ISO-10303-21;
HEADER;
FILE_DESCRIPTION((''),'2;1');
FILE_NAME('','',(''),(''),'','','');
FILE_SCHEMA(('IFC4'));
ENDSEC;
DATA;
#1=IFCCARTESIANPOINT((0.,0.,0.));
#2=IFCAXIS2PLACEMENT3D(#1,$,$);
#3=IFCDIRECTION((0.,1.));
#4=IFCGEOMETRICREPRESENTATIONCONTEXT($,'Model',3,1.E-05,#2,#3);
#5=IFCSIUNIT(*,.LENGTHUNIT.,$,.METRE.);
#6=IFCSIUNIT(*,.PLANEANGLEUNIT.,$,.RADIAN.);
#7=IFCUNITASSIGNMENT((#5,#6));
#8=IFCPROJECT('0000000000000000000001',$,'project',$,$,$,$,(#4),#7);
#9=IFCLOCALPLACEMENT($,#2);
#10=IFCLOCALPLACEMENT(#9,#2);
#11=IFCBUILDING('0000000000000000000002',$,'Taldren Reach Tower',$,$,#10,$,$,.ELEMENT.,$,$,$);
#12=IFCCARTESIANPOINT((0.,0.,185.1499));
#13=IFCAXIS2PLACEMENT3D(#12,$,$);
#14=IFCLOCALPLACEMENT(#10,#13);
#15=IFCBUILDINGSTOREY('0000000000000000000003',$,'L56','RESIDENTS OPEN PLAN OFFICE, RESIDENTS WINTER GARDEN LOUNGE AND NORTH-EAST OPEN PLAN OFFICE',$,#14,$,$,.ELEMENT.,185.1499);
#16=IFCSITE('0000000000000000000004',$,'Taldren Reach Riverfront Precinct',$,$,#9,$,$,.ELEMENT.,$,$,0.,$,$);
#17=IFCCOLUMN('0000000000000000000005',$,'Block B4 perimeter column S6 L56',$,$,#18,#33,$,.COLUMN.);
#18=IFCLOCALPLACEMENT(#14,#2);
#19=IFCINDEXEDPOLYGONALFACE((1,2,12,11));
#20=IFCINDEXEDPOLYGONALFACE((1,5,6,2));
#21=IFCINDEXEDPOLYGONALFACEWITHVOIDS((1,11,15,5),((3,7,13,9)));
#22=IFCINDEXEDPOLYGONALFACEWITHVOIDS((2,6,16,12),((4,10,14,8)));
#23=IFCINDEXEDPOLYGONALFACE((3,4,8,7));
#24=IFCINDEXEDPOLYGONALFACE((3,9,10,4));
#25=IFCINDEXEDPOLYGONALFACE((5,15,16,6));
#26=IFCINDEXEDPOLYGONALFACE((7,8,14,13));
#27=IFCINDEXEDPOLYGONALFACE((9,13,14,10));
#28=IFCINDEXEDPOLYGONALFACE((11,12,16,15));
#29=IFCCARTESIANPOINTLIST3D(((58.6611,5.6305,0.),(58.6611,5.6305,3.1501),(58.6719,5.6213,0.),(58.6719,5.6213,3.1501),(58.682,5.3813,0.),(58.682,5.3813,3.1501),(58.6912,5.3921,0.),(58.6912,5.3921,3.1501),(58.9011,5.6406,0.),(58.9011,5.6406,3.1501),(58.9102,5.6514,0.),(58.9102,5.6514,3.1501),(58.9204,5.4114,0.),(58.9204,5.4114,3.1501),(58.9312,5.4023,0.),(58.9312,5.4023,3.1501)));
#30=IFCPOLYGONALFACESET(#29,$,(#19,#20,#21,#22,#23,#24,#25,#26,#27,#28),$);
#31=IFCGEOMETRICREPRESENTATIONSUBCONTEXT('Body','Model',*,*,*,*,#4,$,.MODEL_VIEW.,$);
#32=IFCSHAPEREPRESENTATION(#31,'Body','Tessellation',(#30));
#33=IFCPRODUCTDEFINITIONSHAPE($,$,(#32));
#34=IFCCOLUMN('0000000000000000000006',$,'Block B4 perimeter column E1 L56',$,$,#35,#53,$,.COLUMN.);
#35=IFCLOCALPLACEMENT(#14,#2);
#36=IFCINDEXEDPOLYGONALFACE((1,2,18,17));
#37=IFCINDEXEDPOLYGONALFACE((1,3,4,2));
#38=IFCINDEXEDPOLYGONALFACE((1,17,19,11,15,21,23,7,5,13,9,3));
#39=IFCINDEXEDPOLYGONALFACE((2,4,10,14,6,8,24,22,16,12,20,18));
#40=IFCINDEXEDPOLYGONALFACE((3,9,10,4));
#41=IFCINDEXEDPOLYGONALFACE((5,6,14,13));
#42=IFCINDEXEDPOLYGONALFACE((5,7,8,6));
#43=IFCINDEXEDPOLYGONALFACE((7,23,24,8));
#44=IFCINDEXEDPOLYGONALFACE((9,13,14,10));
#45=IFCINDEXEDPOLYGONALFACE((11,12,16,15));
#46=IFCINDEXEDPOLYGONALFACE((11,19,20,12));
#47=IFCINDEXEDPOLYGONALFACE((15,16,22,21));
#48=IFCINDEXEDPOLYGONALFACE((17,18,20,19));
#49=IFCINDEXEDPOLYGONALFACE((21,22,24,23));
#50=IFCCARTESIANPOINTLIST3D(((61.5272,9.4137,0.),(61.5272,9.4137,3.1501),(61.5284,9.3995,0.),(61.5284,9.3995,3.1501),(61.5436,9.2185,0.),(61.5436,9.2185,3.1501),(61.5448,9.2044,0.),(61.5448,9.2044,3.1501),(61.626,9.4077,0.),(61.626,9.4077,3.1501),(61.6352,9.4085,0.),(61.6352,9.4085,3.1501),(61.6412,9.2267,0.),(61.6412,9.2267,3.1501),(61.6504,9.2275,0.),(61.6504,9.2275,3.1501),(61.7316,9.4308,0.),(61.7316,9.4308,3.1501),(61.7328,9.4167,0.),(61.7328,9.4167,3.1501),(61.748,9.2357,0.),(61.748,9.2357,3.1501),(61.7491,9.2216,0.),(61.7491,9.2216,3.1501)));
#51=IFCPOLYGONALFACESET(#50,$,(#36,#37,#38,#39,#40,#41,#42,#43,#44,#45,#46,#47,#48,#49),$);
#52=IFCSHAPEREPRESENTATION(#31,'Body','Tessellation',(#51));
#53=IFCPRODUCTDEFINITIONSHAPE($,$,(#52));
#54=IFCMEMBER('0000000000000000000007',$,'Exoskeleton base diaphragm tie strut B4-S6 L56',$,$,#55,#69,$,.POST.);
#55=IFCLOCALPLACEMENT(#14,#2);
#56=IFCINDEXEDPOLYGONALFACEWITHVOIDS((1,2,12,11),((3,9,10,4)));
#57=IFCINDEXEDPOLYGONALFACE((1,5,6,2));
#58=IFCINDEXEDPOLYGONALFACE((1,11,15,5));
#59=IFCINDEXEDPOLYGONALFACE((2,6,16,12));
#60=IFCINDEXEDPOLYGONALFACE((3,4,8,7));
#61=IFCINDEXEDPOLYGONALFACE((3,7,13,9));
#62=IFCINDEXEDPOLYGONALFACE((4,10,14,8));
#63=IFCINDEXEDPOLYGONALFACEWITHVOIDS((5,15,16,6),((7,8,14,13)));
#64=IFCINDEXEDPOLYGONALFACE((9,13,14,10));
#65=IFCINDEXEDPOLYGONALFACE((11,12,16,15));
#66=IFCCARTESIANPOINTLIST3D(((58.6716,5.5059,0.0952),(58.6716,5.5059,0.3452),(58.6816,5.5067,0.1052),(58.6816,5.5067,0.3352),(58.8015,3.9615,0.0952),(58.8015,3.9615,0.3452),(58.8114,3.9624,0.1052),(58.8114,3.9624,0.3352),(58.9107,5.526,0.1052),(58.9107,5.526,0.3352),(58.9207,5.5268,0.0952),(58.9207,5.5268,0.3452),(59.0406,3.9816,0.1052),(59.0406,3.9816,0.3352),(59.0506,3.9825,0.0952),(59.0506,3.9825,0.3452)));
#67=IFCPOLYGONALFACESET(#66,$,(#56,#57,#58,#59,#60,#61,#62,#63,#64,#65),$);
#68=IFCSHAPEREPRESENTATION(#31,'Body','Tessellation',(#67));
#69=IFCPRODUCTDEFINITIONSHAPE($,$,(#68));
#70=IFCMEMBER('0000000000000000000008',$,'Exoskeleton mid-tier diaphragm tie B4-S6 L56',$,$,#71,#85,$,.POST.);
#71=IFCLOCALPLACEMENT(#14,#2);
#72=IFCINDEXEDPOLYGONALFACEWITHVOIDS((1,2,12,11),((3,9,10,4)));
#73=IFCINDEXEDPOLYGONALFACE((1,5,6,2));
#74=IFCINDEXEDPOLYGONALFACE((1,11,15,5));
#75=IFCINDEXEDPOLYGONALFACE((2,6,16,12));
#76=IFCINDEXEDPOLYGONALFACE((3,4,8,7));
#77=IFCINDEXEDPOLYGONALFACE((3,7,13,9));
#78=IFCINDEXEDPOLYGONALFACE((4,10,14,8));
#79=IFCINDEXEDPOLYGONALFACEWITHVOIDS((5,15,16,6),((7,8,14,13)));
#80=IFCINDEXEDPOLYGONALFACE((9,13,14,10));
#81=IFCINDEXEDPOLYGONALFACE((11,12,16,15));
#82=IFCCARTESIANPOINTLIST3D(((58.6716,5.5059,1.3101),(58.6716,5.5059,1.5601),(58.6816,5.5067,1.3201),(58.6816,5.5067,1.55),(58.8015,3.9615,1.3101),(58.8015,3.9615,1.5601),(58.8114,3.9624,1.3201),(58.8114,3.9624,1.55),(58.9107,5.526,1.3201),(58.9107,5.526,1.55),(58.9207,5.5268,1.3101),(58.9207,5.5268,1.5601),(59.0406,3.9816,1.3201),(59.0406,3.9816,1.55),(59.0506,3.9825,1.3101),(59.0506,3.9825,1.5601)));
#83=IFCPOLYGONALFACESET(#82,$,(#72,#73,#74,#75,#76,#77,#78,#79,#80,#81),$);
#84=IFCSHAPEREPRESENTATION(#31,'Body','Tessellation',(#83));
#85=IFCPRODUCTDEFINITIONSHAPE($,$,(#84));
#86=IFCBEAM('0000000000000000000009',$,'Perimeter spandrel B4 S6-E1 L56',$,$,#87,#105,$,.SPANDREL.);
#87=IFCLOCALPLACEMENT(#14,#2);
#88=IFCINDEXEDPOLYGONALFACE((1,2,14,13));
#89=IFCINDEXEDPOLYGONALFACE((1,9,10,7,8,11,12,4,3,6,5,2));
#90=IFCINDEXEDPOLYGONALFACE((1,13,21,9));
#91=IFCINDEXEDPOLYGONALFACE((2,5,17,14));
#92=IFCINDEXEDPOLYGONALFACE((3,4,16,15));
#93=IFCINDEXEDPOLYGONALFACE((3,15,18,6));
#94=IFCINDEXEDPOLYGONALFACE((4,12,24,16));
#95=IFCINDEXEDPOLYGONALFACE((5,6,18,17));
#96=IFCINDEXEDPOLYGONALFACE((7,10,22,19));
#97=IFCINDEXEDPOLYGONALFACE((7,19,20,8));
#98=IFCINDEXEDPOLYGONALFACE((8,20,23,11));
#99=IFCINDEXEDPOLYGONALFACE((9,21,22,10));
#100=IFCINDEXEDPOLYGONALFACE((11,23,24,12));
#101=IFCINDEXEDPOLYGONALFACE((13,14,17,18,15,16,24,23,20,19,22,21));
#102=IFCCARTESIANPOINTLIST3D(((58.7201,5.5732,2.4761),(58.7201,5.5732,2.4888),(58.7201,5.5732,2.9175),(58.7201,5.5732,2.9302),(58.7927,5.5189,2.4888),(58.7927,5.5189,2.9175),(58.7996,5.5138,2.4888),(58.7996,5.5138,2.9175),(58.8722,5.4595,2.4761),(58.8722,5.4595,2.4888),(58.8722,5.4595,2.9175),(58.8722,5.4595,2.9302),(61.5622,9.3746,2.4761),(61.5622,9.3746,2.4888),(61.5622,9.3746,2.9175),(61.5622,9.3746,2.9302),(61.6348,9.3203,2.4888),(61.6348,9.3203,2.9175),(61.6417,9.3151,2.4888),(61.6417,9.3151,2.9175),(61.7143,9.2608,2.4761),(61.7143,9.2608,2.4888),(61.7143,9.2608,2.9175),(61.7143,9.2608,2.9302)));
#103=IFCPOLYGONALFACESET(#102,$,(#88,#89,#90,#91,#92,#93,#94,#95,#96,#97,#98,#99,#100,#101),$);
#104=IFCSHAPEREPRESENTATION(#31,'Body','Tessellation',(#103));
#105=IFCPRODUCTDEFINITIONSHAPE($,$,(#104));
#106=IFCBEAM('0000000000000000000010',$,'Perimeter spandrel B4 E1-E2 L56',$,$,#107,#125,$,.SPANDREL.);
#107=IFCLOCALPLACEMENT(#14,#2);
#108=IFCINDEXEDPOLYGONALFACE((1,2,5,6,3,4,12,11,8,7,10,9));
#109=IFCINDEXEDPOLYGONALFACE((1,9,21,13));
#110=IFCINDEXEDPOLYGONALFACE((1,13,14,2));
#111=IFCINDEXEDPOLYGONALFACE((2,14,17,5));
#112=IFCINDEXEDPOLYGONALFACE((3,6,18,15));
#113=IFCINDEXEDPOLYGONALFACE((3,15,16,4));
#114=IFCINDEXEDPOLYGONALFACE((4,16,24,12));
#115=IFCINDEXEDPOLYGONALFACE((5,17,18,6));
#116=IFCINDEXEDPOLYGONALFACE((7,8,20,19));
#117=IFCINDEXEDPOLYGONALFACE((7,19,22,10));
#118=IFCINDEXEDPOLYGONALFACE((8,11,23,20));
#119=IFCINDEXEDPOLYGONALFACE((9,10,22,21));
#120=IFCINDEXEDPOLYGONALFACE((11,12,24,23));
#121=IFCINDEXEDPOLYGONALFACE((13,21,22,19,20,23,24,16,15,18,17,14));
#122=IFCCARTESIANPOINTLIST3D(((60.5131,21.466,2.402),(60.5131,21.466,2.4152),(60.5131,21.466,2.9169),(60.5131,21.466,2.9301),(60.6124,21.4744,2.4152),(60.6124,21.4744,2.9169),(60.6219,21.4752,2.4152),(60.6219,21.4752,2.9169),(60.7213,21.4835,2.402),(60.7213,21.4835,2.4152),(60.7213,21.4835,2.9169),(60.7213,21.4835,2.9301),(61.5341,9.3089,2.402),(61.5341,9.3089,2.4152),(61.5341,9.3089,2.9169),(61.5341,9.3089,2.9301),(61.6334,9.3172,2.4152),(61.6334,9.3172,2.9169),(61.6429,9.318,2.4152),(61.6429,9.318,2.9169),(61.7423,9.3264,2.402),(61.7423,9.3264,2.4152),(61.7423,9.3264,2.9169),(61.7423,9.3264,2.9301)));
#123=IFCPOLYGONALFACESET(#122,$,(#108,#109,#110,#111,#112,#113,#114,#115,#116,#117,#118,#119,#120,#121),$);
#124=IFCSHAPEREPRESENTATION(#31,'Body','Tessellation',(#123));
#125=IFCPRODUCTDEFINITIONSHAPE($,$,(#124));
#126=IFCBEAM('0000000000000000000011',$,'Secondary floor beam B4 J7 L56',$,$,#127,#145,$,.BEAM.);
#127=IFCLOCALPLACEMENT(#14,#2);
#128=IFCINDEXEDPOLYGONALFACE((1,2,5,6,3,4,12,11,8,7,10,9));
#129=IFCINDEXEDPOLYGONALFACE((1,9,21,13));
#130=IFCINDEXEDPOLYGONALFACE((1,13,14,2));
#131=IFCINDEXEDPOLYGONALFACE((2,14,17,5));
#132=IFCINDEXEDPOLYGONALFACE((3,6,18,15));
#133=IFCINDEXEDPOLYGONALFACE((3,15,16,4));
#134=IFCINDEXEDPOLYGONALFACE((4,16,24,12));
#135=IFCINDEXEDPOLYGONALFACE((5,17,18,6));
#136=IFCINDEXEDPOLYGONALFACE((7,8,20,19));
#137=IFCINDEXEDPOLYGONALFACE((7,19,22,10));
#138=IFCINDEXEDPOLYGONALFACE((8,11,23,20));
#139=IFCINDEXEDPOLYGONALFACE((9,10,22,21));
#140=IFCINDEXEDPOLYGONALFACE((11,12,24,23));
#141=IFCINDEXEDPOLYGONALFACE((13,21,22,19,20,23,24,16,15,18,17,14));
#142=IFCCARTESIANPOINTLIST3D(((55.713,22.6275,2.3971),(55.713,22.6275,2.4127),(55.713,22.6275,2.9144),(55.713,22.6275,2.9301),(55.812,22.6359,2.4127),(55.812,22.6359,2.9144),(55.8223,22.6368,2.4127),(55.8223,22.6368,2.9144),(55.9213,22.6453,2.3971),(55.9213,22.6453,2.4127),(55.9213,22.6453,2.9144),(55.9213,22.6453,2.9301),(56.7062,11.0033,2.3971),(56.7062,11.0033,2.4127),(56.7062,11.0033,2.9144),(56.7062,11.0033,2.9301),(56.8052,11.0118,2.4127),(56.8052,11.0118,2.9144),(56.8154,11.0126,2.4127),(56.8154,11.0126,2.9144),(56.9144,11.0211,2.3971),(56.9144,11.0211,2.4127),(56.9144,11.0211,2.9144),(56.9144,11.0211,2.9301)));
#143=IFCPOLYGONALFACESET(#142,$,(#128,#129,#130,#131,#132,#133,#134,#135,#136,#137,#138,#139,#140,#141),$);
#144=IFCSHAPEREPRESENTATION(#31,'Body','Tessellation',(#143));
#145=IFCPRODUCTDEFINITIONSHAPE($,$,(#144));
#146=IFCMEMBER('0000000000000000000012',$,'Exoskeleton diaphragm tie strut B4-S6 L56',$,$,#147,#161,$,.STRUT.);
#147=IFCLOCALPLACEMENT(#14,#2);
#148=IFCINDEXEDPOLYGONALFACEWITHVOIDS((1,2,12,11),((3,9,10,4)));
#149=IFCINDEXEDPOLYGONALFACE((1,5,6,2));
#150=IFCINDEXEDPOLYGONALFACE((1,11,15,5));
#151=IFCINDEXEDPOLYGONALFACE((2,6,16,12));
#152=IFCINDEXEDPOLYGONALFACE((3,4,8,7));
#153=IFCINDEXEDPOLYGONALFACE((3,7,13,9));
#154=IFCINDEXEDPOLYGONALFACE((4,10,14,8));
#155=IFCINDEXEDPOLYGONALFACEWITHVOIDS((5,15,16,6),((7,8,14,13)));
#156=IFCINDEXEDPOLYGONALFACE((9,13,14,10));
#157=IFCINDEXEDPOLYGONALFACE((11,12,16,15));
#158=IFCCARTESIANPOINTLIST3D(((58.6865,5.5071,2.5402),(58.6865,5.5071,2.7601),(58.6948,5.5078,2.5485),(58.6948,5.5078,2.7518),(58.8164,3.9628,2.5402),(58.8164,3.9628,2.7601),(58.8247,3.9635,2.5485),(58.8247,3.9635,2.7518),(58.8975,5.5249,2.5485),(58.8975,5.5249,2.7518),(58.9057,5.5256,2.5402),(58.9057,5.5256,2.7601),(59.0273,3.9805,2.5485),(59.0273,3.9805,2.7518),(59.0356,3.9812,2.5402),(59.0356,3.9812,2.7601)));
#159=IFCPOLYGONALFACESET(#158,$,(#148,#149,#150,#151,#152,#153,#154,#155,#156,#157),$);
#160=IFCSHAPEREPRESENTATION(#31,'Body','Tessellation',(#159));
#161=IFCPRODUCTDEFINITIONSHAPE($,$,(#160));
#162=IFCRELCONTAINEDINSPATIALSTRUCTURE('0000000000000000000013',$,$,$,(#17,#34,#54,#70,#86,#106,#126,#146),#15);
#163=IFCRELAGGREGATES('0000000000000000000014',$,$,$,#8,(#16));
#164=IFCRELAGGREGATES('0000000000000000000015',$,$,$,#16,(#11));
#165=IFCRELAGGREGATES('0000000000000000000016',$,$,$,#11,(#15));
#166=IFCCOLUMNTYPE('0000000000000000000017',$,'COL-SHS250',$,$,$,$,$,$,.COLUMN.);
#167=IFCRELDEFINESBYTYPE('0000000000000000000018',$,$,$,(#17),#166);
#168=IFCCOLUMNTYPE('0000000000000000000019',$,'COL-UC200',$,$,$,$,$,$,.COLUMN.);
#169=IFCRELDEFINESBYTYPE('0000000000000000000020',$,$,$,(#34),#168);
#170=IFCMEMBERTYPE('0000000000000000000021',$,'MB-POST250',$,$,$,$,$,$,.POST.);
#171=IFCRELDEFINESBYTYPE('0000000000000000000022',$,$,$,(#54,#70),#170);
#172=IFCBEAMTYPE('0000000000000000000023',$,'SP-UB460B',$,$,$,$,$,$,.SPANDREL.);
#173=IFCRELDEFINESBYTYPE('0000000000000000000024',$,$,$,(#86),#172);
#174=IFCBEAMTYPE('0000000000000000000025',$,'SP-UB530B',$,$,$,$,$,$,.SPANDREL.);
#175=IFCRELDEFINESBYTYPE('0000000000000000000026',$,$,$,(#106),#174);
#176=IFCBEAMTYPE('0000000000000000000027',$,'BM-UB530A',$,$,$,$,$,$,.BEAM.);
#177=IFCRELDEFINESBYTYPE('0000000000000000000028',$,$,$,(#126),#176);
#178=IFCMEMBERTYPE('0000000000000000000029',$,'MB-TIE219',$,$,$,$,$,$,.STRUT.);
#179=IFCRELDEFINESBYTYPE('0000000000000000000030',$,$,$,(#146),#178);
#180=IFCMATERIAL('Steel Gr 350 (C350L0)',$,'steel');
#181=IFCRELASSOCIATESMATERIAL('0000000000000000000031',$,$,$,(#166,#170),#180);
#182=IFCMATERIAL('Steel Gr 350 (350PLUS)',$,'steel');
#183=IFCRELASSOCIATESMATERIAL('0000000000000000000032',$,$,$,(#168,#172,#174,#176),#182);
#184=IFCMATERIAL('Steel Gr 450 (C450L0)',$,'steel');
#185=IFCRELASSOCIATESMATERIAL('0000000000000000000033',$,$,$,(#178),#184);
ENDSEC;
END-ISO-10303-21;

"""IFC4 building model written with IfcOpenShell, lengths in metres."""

from ifc_helpers import new_model, si_unit, direction, frame, origin, origin_2d, place, context, subcontext, project, spatial, hollow_rectangle, i_section, extrude, source, transform, mapped, material, material_profile, profile_set, type_object, element, save


model = new_model("IFC4")

# Units and contexts
model_context = context("Model", 3, precision=1e-05, world=origin(), true_north=direction((0.0, 1.0)))
body_context = subcontext(model_context, "Body", "Model", "MODEL_VIEW")
ifc_project = project(units=[si_unit("LENGTHUNIT", "METRE"), si_unit("PLANEANGLEUNIT", "RADIAN")], contexts=[model_context])

# Site, building, storey
site_placement = place(None, origin())
site = spatial("IfcSite", under=ifc_project, at=site_placement, Name="Taldren Reach Riverfront Precinct", CompositionType="ELEMENT", RefElevation=0.0)
building_placement = place(site_placement, origin())
building = spatial("IfcBuilding", under=site, at=building_placement, Name="Taldren Reach Tower", CompositionType="ELEMENT")
storey_placement = place(building_placement, frame((0.0, 0.0, 185.1499)))
storey = spatial("IfcBuildingStorey", under=building, at=storey_placement, Name="L56", Description="RESIDENTS OPEN PLAN OFFICE, RESIDENTS WINTER GARDEN LOUNGE AND NORTH-EAST OPEN PLAN OFFICE", CompositionType="ELEMENT", Elevation=185.1499)

# Columns
ifc_material_1 = material(Name="Steel Gr 350 (C350L0)", Category="steel")
ifc_material_profile_1 = material_profile(ifc_material_1, hollow_rectangle(XDim=0.25, YDim=0.25, WallThickness=0.01, at=origin_2d()), Name="250x250x10.0SHS")
ifc_profile_set_1 = profile_set([ifc_material_profile_1], Name="Steel Gr 350 (C350L0)")
column_type_1 = type_object("IfcColumnType", Name="COL-SHS250", PredefinedType="COLUMN", material=ifc_profile_set_1)
shared_shape_1 = source(origin(), body_context, "Body", "SweptSolid", [
    extrude(hollow_rectangle(XDim=0.25, YDim=0.25, WallThickness=0.01, at=origin_2d()), origin(), (0.0, 0.0, 1.0), 3.1501),
])
column_1_placement = place(storey_placement, frame((58.7961, 5.5164, 0.0), z_axis=(0.0, 0.0, 1.0), x_axis=(0.996493, 0.083678, 0.0)))
element("IfcColumn", 1, at=column_1_placement, inside=storey, type_object=column_type_1, Name="Block B4 perimeter column S6 L56", PredefinedType="COLUMN", context=body_context, shape_type="MappedRepresentation", body=[
    mapped(shared_shape_1, transform((0.0, 0.0, 0.0), scale=1.0)),
])
ifc_material_2 = material(Name="Steel Gr 350 (350PLUS)", Category="steel")
ifc_material_profile_2 = material_profile(ifc_material_2, i_section(OverallWidth=0.2051, OverallDepth=0.21, WebThickness=0.0093, FlangeThickness=0.0142, at=origin_2d()), Name="200UC59.5")
ifc_profile_set_2 = profile_set([ifc_material_profile_2], Name="Steel Gr 350 (350PLUS)")
column_type_2 = type_object("IfcColumnType", Name="COL-UC200", PredefinedType="COLUMN", material=ifc_profile_set_2)
shared_shape_2 = source(origin(), body_context, "Body", "SweptSolid", [
    extrude(i_section(OverallWidth=0.2051, OverallDepth=0.21, WebThickness=0.0093, FlangeThickness=0.0142, at=origin_2d()), origin(), (0.0, 0.0, 1.0), 3.1501),
])
column_2_placement = place(storey_placement, frame((61.6382, 9.3176, 0.0), z_axis=(0.0, 0.0, 1.0), x_axis=(0.996493, 0.083678, 0.0)))
element("IfcColumn", 2, at=column_2_placement, inside=storey, type_object=column_type_2, Name="Block B4 perimeter column E1 L56", PredefinedType="COLUMN", context=body_context, shape_type="MappedRepresentation", body=[
    mapped(shared_shape_2, transform((0.0, 0.0, 0.0), scale=1.0)),
])

# Members
ifc_material_profile_3 = material_profile(ifc_material_1, hollow_rectangle(XDim=0.25, YDim=0.25, WallThickness=0.01, at=origin_2d()), Name="250x250x10.0SHS")
ifc_profile_set_3 = profile_set([ifc_material_profile_3], Name="Steel Gr 350 (C350L0)")
member_type_1 = type_object("IfcMemberType", Name="MB-POST250", PredefinedType="POST", material=ifc_profile_set_3)
shared_shape_3 = source(origin(), body_context, "Body", "SweptSolid", [
    extrude(hollow_rectangle(XDim=0.25, YDim=0.25, WallThickness=0.01, at=origin_2d()), origin(), (0.0, 0.0, 1.0), 1.5498),
])
for number, where, z_axis, x_axis, name in (
    (3, (58.7961, 5.5164, 0.2202), (0.083802, -0.996482, 0.0), (0.996482, 0.083802, 0.0), "Exoskeleton base diaphragm tie strut B4-S6 L56"),
    (4, (58.7961, 5.5164, 1.4351), (0.083802, -0.996482, 0.0), (0.996482, 0.083802, 0.0), "Exoskeleton mid-tier diaphragm tie B4-S6 L56"),
):
    element("IfcMember", number, at=place(storey_placement, frame(where, z_axis=z_axis, x_axis=x_axis)), inside=storey, type_object=member_type_1, Name=name, PredefinedType="POST", context=body_context, shape_type="MappedRepresentation", body=[
        mapped(shared_shape_3, transform((0.0, 0.0, 0.0), scale=1.0)),
    ])

# Beams
ifc_material_profile_4 = material_profile(ifc_material_2, i_section(OverallWidth=0.1899, OverallDepth=0.4541, WebThickness=0.0085, FlangeThickness=0.0127, at=origin_2d()), Name="460UB67.1")
ifc_profile_set_4 = profile_set([ifc_material_profile_4], Name="Steel Gr 350 (350PLUS)")
beam_type_1 = type_object("IfcBeamType", Name="SP-UB460B", PredefinedType="SPANDREL", material=ifc_profile_set_4)
shared_shape_4 = source(origin(), body_context, "Body", "SweptSolid", [
    extrude(i_section(OverallWidth=0.1899, OverallDepth=0.4541, WebThickness=0.0085, FlangeThickness=0.0127, at=origin_2d()), origin(), (0.0, 0.0, 1.0), 4.7463),
])
beam_1_placement = place(storey_placement, frame((58.7961, 5.5164, 2.7031), z_axis=(0.598798, 0.8009, 0.0), x_axis=(-0.8009, 0.598798, 0.0)))
element("IfcBeam", 5, at=beam_1_placement, inside=storey, type_object=beam_type_1, Name="Perimeter spandrel B4 S6-E1 L56", PredefinedType="SPANDREL", context=body_context, shape_type="MappedRepresentation", body=[
    mapped(shared_shape_4, transform((0.0, 0.0, 0.0), scale=1.0)),
])
ifc_material_profile_5 = material_profile(ifc_material_2, i_section(OverallWidth=0.209, OverallDepth=0.5281, WebThickness=0.0095, FlangeThickness=0.0132, at=origin_2d()), Name="530UB82.0")
ifc_profile_set_5 = profile_set([ifc_material_profile_5], Name="Steel Gr 350 (350PLUS)")
beam_type_2 = type_object("IfcBeamType", Name="SP-UB530B", PredefinedType="SPANDREL", material=ifc_profile_set_5)
shared_shape_5 = source(origin(), body_context, "Body", "SweptSolid", [
    extrude(i_section(OverallWidth=0.209, OverallDepth=0.5281, WebThickness=0.0095, FlangeThickness=0.0132, at=origin_2d()), origin(), (0.0, 0.0, 1.0), 12.2),
])
beam_2_placement = place(storey_placement, frame((61.6382, 9.3176, 2.666), z_axis=(-0.083688, 0.996492, 0.0), x_axis=(-0.996492, -0.083688, 0.0)))
element("IfcBeam", 6, at=beam_2_placement, inside=storey, type_object=beam_type_2, Name="Perimeter spandrel B4 E1-E2 L56", PredefinedType="SPANDREL", context=body_context, shape_type="MappedRepresentation", body=[
    mapped(shared_shape_5, transform((0.0, 0.0, 0.0), scale=1.0)),
])
ifc_material_profile_6 = material_profile(ifc_material_2, i_section(OverallWidth=0.209, OverallDepth=0.533, WebThickness=0.0103, FlangeThickness=0.0156, at=origin_2d()), Name="530UB92.4")
ifc_profile_set_6 = profile_set([ifc_material_profile_6], Name="Steel Gr 350 (350PLUS)")
beam_type_3 = type_object("IfcBeamType", Name="BM-UB530A", PredefinedType="BEAM", material=ifc_profile_set_6)
shared_shape_6 = source(origin(), body_context, "Body", "SweptSolid", [
    extrude(i_section(OverallWidth=0.209, OverallDepth=0.533, WebThickness=0.0103, FlangeThickness=0.0156, at=origin_2d()), origin(), (0.0, 0.0, 1.0), 11.6665),
])
beam_3_placement = place(storey_placement, frame((56.8103, 11.0122, 2.6636), z_axis=(-0.085129, 0.99637, 0.0), x_axis=(-0.99637, -0.085129, 0.0)))
element("IfcBeam", 7, at=beam_3_placement, inside=storey, type_object=beam_type_3, Name="Secondary floor beam B4 J7 L56", PredefinedType="BEAM", context=body_context, shape_type="MappedRepresentation", body=[
    mapped(shared_shape_6, transform((0.0, 0.0, 0.0), scale=1.0)),
])

# Member
ifc_material_3 = material(Name="Steel Gr 450 (C450L0)", Category="steel")
ifc_material_profile_7 = material_profile(ifc_material_3, hollow_rectangle(XDim=0.22, YDim=0.22, WallThickness=0.0083, at=origin_2d()), Name="220x220x8.2SHS")
ifc_profile_set_7 = profile_set([ifc_material_profile_7], Name="Steel Gr 450 (C450L0)")
member_type_2 = type_object("IfcMemberType", Name="MB-TIE219", PredefinedType="STRUT", material=ifc_profile_set_7)
shared_shape_7 = source(origin(), body_context, "Body", "SweptSolid", [
    extrude(hollow_rectangle(XDim=0.22, YDim=0.22, WallThickness=0.0083, at=origin_2d()), origin(), (0.0, 0.0, 1.0), 1.5498),
])
member_1_placement = place(storey_placement, frame((58.7961, 5.5164, 2.6501), z_axis=(0.083802, -0.996482, 0.0), x_axis=(0.996482, 0.083802, 0.0)))
element("IfcMember", 8, at=member_1_placement, inside=storey, type_object=member_type_2, Name="Exoskeleton diaphragm tie strut B4-S6 L56", PredefinedType="STRUT", context=body_context, shape_type="MappedRepresentation", body=[
    mapped(shared_shape_7, transform((0.0, 0.0, 0.0), scale=1.0)),
])

save(model, "model.ifc")
